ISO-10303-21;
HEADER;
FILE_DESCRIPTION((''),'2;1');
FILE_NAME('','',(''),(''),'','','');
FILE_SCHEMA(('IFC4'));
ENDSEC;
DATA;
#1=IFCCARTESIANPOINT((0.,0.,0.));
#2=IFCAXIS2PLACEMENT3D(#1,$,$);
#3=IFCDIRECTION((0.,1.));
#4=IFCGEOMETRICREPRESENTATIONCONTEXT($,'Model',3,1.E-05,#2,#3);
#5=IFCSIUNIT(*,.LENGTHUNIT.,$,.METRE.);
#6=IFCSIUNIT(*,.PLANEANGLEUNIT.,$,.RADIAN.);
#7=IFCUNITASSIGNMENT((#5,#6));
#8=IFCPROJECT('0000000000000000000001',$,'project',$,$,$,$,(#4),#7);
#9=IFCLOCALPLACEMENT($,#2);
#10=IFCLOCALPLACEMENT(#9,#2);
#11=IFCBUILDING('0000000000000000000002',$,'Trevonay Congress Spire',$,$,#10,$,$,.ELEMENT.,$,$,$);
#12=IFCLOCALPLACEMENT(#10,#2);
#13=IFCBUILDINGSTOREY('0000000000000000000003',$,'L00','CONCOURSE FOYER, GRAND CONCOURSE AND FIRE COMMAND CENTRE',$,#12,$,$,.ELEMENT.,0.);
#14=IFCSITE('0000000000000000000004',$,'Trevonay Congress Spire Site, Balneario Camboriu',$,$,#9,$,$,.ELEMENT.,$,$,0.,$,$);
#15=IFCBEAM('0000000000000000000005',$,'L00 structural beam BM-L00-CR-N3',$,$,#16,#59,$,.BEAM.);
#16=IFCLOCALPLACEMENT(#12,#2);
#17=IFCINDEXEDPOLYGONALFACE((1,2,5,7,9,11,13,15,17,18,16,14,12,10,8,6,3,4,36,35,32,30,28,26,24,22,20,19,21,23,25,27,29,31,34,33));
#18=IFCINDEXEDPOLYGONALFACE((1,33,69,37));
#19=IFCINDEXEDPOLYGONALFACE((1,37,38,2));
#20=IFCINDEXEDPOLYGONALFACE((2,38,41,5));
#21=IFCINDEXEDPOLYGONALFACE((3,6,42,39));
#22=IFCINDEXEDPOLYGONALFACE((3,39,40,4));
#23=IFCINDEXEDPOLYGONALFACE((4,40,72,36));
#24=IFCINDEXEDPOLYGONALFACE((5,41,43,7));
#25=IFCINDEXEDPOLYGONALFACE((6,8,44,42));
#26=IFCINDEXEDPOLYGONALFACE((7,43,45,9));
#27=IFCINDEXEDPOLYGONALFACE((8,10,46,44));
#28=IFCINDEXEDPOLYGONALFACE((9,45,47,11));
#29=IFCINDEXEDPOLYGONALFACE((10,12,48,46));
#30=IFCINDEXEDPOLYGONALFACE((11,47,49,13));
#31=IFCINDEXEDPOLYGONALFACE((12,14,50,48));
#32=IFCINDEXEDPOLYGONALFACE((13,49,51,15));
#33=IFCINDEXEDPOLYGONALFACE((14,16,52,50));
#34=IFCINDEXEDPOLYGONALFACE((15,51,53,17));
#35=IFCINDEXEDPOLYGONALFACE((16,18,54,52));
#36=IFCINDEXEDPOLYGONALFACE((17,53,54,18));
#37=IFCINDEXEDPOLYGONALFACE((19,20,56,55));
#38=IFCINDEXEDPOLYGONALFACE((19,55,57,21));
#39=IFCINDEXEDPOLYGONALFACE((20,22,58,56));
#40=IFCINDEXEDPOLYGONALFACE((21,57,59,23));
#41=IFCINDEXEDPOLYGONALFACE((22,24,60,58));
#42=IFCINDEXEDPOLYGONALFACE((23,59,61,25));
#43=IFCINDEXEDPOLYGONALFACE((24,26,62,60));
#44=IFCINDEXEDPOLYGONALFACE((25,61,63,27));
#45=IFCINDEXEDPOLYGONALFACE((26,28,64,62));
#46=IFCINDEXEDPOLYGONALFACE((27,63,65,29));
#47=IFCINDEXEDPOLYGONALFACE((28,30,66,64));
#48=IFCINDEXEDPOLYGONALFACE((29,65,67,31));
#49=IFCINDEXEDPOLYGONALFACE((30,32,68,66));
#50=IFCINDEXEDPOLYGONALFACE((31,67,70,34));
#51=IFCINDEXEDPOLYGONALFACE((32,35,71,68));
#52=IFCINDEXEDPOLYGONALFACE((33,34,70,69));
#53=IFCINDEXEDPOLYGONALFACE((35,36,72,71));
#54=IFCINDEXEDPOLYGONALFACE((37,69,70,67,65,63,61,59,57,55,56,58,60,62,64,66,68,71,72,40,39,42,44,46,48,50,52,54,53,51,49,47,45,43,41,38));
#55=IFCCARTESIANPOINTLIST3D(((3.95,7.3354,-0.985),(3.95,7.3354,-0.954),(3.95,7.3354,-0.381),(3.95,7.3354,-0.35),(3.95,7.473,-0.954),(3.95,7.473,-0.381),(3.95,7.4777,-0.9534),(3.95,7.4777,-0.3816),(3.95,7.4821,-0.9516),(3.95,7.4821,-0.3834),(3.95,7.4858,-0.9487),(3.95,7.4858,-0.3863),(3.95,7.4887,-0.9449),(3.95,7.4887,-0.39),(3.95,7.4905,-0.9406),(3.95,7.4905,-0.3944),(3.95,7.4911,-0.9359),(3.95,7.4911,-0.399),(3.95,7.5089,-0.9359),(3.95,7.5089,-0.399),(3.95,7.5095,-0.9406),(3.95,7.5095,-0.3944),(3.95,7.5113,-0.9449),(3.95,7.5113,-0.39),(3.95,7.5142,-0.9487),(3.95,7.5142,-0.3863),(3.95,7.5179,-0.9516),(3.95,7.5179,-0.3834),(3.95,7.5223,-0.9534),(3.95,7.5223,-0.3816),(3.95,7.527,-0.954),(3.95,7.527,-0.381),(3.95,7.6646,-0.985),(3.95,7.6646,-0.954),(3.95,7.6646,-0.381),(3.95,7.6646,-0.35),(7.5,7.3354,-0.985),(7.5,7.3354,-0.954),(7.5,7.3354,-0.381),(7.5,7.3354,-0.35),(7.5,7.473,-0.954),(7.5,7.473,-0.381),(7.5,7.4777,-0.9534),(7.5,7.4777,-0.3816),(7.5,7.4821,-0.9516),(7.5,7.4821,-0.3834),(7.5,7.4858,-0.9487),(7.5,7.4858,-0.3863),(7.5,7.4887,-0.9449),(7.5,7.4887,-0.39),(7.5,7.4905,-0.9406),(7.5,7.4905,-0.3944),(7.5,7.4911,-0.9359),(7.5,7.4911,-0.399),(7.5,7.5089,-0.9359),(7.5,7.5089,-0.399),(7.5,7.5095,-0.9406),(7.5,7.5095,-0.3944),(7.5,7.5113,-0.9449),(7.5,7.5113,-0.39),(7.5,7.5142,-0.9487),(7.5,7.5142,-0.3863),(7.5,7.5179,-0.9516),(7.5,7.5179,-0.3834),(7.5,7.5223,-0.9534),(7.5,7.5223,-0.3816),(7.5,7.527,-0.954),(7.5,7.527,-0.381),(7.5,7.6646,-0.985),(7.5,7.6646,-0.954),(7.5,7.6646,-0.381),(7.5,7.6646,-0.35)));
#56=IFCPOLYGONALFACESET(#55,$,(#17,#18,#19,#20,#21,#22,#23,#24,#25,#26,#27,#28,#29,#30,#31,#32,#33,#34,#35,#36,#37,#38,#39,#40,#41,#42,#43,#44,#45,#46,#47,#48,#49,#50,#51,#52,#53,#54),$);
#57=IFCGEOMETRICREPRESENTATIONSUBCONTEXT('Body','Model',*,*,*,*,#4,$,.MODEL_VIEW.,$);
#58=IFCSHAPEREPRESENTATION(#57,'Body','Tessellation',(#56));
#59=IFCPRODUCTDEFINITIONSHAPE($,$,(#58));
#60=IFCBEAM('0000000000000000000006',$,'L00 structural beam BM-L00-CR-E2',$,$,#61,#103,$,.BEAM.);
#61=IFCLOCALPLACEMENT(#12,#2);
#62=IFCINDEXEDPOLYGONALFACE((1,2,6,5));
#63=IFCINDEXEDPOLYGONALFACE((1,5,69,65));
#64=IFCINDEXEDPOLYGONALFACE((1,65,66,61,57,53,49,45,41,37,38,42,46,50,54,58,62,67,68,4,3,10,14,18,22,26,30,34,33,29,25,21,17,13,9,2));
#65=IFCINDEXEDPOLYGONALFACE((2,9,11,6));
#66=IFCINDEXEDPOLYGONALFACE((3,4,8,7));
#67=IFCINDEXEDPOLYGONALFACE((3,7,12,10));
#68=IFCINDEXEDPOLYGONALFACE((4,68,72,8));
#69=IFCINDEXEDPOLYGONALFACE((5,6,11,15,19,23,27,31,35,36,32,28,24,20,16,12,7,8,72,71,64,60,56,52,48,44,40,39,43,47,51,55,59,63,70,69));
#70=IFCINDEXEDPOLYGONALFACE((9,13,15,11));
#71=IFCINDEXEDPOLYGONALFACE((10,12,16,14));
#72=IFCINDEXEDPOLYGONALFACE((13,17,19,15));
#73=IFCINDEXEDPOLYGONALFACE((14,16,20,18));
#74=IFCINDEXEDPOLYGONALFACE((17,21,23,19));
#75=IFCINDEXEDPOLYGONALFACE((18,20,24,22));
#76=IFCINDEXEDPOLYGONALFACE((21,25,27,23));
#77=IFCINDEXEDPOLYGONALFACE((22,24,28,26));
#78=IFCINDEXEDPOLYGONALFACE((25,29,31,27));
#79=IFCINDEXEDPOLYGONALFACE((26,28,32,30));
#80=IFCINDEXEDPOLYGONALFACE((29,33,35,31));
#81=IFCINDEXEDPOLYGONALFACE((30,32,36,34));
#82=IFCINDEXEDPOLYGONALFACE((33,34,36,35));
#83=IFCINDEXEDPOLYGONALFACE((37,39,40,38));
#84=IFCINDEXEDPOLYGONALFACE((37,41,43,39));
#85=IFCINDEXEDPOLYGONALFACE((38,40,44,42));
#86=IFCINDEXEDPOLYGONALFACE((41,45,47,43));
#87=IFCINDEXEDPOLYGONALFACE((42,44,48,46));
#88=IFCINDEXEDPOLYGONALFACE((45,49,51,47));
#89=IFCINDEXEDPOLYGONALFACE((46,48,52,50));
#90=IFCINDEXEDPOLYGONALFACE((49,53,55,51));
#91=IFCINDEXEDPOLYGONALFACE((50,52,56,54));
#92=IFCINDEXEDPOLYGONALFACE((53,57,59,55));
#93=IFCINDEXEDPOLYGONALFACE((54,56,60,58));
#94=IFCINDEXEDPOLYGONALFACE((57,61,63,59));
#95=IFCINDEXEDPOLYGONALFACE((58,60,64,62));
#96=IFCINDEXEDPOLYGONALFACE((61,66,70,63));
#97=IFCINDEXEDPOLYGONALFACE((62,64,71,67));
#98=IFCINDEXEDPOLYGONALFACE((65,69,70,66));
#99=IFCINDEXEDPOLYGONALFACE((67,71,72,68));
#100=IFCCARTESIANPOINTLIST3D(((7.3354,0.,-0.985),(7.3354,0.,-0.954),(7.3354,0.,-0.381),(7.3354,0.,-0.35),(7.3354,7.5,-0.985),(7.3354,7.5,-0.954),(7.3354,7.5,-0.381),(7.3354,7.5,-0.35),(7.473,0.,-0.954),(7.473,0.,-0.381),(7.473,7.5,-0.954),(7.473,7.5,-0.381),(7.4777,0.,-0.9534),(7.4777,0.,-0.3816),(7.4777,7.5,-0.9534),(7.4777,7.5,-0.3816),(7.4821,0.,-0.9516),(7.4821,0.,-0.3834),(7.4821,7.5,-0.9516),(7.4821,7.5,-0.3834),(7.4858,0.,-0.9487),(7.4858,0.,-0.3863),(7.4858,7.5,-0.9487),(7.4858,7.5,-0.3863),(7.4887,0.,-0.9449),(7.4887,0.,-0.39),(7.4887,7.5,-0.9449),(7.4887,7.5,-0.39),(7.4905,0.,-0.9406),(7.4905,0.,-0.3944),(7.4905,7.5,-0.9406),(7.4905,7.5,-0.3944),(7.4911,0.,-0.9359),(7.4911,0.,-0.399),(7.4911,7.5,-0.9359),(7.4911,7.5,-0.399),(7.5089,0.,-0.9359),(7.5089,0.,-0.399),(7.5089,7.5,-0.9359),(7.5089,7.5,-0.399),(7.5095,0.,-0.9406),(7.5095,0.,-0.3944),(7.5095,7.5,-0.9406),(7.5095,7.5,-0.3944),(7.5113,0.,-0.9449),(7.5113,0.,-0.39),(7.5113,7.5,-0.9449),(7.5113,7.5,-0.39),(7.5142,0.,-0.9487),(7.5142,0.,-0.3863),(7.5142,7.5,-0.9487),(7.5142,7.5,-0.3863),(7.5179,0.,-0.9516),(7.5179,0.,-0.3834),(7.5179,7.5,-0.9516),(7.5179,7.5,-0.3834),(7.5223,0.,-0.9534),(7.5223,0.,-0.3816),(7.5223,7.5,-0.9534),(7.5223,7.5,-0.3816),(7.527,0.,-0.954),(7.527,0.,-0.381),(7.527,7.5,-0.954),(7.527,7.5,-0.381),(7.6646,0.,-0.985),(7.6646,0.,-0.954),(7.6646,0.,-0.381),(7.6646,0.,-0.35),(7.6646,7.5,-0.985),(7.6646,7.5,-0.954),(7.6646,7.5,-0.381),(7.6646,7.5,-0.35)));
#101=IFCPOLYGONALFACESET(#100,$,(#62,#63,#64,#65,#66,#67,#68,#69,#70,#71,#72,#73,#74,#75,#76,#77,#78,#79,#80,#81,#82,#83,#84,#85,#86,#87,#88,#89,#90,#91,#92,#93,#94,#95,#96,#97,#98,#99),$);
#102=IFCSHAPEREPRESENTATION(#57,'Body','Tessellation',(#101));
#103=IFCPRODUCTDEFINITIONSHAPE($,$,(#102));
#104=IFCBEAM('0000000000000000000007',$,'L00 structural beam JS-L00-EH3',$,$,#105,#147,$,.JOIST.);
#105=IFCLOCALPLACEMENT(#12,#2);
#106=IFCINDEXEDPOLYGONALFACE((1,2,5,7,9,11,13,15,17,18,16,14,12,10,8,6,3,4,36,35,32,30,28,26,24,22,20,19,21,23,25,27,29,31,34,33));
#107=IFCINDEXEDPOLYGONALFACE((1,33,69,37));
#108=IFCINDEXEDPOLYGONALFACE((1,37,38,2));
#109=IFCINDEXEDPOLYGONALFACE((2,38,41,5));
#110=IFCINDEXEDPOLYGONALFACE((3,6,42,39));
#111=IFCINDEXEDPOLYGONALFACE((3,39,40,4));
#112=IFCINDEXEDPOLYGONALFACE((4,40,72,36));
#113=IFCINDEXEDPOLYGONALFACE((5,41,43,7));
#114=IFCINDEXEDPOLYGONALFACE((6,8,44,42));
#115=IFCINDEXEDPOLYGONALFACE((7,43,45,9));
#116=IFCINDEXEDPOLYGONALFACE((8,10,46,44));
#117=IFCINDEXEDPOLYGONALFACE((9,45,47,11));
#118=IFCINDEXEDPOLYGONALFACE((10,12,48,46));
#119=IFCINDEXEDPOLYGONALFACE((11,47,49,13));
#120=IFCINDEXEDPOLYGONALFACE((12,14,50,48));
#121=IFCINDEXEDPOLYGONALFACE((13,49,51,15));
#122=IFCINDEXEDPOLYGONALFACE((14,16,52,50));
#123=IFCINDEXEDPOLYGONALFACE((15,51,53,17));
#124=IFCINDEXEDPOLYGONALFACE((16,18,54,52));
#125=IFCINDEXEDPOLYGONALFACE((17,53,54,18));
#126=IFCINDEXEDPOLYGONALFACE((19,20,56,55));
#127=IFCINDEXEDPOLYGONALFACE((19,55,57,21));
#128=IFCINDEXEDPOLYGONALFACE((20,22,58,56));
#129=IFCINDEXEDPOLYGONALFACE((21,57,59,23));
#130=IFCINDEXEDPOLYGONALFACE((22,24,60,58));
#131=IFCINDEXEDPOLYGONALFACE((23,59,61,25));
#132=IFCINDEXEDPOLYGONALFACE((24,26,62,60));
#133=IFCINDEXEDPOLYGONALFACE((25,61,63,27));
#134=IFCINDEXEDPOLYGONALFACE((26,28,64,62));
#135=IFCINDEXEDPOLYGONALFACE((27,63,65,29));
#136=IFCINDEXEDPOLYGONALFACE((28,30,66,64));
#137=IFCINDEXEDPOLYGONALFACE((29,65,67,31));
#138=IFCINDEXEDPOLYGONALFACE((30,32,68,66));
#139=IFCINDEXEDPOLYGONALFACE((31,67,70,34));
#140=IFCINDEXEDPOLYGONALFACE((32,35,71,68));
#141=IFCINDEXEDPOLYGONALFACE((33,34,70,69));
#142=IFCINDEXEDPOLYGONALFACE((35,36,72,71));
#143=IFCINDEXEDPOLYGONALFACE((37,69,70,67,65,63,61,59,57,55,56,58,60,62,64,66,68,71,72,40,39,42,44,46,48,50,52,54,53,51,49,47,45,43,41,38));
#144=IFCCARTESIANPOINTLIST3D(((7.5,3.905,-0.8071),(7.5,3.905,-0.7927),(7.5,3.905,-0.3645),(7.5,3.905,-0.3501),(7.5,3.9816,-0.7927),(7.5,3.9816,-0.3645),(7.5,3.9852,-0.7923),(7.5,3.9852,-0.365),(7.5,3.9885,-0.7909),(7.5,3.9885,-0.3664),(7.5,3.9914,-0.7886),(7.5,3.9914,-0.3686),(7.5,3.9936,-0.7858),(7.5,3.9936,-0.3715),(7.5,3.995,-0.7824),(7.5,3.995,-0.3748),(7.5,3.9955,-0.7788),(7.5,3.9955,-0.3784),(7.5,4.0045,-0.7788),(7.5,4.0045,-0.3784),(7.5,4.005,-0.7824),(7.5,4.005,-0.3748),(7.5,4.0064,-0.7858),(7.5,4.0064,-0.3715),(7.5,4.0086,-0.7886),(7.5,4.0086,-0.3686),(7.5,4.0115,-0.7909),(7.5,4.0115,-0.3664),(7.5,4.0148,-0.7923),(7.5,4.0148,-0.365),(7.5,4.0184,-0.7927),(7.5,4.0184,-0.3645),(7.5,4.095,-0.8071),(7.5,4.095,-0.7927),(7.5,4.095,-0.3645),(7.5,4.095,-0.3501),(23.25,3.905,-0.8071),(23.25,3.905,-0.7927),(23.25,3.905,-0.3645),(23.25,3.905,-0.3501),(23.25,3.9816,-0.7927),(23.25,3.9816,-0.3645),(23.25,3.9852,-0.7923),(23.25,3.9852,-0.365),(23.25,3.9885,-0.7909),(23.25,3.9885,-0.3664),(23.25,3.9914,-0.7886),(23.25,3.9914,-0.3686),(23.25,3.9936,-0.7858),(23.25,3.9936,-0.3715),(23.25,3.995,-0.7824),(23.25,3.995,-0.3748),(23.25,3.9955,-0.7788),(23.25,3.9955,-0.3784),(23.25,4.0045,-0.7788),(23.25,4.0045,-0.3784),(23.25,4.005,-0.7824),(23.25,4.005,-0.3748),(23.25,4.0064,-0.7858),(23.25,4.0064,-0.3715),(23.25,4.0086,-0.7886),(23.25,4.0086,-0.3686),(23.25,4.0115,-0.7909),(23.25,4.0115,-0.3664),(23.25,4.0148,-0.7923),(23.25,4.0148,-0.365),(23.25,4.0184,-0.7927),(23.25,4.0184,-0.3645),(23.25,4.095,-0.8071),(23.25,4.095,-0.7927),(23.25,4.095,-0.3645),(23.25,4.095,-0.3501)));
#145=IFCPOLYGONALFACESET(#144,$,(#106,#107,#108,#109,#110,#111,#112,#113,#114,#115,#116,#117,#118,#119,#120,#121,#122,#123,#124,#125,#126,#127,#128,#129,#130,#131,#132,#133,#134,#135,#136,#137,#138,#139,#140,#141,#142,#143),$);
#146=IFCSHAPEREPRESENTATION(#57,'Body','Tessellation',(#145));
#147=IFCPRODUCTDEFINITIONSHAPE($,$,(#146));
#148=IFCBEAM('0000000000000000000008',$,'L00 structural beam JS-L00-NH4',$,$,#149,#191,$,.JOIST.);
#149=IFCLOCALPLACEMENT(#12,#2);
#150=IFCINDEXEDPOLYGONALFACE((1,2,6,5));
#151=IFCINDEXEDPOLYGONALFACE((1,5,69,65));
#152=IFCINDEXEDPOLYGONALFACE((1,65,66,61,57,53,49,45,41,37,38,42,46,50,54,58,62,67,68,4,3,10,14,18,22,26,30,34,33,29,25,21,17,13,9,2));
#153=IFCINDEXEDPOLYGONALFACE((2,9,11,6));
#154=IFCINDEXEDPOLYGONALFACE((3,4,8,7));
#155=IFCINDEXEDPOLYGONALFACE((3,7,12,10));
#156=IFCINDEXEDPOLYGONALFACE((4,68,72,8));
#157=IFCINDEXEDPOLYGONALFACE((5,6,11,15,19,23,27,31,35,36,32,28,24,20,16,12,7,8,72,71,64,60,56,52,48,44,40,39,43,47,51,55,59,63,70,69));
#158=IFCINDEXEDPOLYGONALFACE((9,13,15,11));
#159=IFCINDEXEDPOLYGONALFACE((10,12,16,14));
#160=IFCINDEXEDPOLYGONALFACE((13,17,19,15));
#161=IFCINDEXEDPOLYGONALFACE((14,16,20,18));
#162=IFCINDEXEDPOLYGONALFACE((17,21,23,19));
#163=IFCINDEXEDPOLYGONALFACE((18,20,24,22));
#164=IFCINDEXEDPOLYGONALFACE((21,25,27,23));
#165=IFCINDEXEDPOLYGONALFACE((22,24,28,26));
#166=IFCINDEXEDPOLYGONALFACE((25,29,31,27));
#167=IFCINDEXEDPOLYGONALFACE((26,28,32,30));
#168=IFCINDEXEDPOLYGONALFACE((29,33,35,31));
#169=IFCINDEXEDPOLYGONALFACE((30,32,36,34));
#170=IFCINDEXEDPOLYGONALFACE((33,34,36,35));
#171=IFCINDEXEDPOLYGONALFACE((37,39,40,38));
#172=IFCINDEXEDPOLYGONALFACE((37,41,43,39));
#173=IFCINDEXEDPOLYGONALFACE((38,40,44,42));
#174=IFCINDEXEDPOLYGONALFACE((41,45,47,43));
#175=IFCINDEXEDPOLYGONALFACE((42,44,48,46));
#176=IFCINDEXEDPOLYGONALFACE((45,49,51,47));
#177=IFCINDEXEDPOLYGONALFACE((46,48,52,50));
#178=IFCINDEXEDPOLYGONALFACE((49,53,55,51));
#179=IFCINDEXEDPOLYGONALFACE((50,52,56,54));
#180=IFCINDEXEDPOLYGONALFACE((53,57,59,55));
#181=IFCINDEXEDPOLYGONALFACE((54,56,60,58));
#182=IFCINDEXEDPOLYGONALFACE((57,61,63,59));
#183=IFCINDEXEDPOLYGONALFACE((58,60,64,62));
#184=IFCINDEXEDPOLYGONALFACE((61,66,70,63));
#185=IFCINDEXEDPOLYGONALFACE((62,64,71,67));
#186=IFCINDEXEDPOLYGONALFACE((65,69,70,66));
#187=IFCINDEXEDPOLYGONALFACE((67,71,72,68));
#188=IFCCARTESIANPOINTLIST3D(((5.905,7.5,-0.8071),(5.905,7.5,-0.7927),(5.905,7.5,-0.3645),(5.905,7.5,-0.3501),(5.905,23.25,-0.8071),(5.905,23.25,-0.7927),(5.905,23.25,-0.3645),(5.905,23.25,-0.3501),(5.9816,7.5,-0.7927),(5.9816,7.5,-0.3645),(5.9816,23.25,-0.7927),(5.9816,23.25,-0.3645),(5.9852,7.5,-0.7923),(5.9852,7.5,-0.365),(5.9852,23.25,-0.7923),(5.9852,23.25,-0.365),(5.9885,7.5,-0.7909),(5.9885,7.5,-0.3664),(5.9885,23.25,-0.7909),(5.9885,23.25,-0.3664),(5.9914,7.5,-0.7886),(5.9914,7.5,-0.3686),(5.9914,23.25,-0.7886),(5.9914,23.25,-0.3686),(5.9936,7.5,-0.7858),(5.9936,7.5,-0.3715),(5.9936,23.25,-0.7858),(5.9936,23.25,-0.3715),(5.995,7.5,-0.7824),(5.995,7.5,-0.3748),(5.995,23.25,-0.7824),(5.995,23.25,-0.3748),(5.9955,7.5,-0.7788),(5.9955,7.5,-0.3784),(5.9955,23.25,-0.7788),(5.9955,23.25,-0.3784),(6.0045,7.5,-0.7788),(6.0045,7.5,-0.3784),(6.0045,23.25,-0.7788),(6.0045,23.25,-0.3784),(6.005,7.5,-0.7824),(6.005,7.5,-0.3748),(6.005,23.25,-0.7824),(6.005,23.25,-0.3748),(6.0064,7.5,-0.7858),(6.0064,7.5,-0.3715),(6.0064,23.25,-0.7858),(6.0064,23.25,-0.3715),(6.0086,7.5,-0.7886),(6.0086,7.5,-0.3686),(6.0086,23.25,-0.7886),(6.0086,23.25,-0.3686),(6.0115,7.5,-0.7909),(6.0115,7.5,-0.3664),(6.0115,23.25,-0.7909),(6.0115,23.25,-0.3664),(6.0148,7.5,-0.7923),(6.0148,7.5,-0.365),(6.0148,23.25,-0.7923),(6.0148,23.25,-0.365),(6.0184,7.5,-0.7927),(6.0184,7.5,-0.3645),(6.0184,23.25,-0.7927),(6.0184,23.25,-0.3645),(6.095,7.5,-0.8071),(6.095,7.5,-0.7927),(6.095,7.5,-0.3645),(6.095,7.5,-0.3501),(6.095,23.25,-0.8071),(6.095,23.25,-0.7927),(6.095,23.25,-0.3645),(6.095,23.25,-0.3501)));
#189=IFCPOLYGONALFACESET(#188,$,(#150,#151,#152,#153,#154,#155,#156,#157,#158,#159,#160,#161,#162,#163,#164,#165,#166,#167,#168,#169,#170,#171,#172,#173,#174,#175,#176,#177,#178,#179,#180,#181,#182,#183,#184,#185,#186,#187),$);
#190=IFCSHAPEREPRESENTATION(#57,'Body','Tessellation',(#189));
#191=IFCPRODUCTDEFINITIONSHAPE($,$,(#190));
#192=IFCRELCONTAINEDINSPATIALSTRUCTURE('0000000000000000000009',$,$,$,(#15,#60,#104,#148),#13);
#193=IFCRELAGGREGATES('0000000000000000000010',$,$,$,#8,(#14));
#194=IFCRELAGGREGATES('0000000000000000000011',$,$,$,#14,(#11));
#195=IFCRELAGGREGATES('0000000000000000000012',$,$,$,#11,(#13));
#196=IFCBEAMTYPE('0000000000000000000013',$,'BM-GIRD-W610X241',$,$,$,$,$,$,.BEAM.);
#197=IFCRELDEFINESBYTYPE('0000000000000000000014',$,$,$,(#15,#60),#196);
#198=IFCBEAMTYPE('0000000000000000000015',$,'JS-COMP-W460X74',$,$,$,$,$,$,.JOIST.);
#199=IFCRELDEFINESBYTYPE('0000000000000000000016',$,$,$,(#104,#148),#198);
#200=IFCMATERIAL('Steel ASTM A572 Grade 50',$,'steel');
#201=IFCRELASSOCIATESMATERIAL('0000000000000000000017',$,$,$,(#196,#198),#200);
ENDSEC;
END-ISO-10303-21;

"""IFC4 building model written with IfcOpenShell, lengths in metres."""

from ifc_helpers import new_model, si_unit, direction, frame, origin, origin_2d, place, context, subcontext, project, spatial, i_section, extrude, material, material_profile, profile_set, type_object, element, save


model = new_model("IFC4")

# Units and contexts
model_context = context("Model", 3, precision=1e-05, world=origin(), true_north=direction((0.0, 1.0)))
body_context = subcontext(model_context, "Body", "Model", "MODEL_VIEW")
ifc_project = project(units=[si_unit("LENGTHUNIT", "METRE"), si_unit("PLANEANGLEUNIT", "RADIAN")], contexts=[model_context])

# Site, building, storey
site_placement = place(None, origin())
site = spatial("IfcSite", under=ifc_project, at=site_placement, Name="Trevonay Congress Spire Site, Balneario Camboriu", CompositionType="ELEMENT", RefElevation=0.0)
building_placement = place(site_placement, origin())
building = spatial("IfcBuilding", under=site, at=building_placement, Name="Trevonay Congress Spire", CompositionType="ELEMENT")
storey_placement = place(building_placement, origin())
storey = spatial("IfcBuildingStorey", under=building, at=storey_placement, Name="L00", Description="CONCOURSE FOYER, GRAND CONCOURSE AND FIRE COMMAND CENTRE", CompositionType="ELEMENT", Elevation=0.0)

# Shared definitions
ifc_material_1 = material(Name="Steel ASTM A572 Grade 50", Category="steel")

# Beams
ifc_material_profile_1 = material_profile(ifc_material_1, i_section(OverallWidth=0.3291, OverallDepth=0.635, WebThickness=0.0178, FlangeThickness=0.031, FilletRadius=0.0181, at=origin_2d()), Name="W610x241")
ifc_profile_set_1 = profile_set([ifc_material_profile_1], Name="Steel ASTM A572 Grade 50")
beam_type_1 = type_object("IfcBeamType", Name="BM-GIRD-W610X241", PredefinedType="BEAM", material=ifc_profile_set_1)
beam_1_placement = place(storey_placement, frame((3.95, 7.5, -0.6675), z_axis=(1.0, 0.0, 0.0), x_axis=(0.0, 1.0, 0.0)))
element("IfcBeam", 1, at=beam_1_placement, inside=storey, type_object=beam_type_1, Name="L00 structural beam BM-L00-CR-N3", PredefinedType="BEAM", context=body_context, shape_type="SweptSolid", body=[
    extrude(i_section(OverallWidth=0.3291, OverallDepth=0.635, WebThickness=0.0178, FlangeThickness=0.031, FilletRadius=0.0181, at=origin_2d()), origin(), (0.0, 0.0, 1.0), 3.55),
])
beam_2_placement = place(storey_placement, frame((7.5, 0.0, -0.6675), z_axis=(0.0, 1.0, 0.0), x_axis=(-1.0, 0.0, 0.0)))
element("IfcBeam", 2, at=beam_2_placement, inside=storey, type_object=beam_type_1, Name="L00 structural beam BM-L00-CR-E2", PredefinedType="BEAM", context=body_context, shape_type="SweptSolid", body=[
    extrude(i_section(OverallWidth=0.3291, OverallDepth=0.635, WebThickness=0.0178, FlangeThickness=0.031, FilletRadius=0.0181, at=origin_2d()), origin(), (0.0, 0.0, 1.0), 7.5),
])
ifc_material_profile_2 = material_profile(ifc_material_1, i_section(OverallWidth=0.1899, OverallDepth=0.457, WebThickness=0.009, FlangeThickness=0.0144, FilletRadius=0.0139, at=origin_2d()), Name="W460x74")
ifc_profile_set_2 = profile_set([ifc_material_profile_2], Name="Steel ASTM A572 Grade 50")
beam_type_2 = type_object("IfcBeamType", Name="JS-COMP-W460X74", PredefinedType="JOIST", material=ifc_profile_set_2)
for number, where, z_axis, x_axis, name in (
    (3, (7.5, 4.0, -0.5786), (1.0, 0.0, 0.0), (0.0, 1.0, 0.0), "L00 structural beam JS-L00-EH3"),
    (4, (6.0, 7.5, -0.5786), (0.0, 1.0, 0.0), (-1.0, 0.0, 0.0), "L00 structural beam JS-L00-NH4"),
):
    element("IfcBeam", number, at=place(storey_placement, frame(where, z_axis=z_axis, x_axis=x_axis)), inside=storey, type_object=beam_type_2, Name=name, PredefinedType="JOIST", context=body_context, shape_type="SweptSolid", body=[
        extrude(i_section(OverallWidth=0.1899, OverallDepth=0.457, WebThickness=0.009, FlangeThickness=0.0144, FilletRadius=0.0139, at=origin_2d()), origin(), (0.0, 0.0, 1.0), 15.75),
    ])

save(model, "model.ifc")
